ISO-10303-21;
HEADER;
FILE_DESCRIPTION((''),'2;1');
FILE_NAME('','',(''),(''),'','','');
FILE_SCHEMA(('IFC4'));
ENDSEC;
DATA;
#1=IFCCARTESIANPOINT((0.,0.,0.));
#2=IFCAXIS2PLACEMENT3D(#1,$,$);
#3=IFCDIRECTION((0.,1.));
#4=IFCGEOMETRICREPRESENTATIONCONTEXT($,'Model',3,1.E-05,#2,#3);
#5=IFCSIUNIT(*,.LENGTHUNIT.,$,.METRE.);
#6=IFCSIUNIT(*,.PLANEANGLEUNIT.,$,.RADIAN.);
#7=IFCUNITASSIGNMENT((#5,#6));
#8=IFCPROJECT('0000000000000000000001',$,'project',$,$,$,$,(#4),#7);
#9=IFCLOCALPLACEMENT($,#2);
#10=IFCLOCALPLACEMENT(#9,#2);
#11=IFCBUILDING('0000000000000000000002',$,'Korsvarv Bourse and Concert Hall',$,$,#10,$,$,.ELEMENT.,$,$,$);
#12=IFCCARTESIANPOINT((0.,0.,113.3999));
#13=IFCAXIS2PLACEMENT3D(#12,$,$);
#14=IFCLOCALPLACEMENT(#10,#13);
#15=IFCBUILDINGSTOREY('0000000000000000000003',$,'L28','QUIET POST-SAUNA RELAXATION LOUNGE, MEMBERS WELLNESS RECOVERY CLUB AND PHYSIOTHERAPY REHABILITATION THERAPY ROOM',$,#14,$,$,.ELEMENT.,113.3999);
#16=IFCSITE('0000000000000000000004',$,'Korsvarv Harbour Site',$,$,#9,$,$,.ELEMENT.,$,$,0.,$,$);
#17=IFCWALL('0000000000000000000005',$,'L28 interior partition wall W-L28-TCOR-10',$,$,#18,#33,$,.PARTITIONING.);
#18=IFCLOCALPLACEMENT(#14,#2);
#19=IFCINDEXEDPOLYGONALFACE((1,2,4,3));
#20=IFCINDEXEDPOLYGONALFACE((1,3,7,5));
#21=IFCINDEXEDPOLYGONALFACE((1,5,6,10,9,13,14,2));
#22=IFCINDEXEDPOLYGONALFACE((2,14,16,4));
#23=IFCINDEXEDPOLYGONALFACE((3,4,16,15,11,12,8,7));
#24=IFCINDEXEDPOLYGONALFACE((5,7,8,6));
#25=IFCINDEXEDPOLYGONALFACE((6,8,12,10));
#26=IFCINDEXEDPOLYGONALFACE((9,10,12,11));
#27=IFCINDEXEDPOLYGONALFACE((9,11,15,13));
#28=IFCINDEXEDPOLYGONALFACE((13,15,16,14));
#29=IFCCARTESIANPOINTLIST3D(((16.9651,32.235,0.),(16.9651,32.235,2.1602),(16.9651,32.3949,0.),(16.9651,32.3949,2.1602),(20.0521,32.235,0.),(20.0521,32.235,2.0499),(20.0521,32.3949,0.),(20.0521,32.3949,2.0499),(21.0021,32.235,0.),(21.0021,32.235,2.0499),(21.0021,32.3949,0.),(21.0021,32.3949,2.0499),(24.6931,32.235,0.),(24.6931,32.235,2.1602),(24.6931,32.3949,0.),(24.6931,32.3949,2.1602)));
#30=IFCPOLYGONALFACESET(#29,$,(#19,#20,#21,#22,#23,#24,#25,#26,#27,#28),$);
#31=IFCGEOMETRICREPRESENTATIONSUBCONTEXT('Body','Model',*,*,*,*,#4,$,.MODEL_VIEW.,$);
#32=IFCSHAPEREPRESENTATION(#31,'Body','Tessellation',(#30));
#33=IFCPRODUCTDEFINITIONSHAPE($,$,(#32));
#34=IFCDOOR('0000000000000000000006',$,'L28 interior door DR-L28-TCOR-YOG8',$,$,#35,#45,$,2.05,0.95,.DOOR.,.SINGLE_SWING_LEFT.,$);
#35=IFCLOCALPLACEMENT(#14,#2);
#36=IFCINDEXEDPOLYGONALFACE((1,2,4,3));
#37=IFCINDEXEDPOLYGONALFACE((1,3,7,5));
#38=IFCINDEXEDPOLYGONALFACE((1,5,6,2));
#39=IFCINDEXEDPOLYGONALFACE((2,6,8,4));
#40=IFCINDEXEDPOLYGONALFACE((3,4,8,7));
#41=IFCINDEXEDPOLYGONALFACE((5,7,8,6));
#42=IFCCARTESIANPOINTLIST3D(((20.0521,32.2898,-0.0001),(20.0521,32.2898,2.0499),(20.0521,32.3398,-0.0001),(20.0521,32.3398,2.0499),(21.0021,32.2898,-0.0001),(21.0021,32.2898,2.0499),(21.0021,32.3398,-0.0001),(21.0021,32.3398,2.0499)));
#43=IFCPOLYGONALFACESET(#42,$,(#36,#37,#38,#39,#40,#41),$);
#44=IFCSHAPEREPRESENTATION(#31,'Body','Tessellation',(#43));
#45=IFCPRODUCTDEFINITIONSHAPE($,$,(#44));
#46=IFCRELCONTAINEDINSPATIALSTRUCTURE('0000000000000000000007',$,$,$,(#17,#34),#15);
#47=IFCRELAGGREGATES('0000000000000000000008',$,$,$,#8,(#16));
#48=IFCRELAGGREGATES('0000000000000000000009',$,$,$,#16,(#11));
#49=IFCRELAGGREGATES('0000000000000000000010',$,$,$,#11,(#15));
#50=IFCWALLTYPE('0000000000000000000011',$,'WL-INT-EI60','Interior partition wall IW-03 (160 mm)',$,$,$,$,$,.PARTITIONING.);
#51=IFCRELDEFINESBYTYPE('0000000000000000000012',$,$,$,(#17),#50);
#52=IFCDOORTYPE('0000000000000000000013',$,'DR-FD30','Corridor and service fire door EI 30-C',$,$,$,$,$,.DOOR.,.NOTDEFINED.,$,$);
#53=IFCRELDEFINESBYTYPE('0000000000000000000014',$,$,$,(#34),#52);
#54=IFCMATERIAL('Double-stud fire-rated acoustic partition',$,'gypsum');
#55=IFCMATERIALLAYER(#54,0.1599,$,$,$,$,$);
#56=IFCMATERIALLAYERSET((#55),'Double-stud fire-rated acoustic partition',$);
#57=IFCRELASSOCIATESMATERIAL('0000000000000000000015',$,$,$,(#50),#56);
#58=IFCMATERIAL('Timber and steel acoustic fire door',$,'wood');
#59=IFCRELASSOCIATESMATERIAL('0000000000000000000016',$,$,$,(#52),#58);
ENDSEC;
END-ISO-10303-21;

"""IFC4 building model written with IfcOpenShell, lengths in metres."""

from ifc_helpers import new_model, si_unit, direction, frame, frame_2d, origin, place, context, subcontext, project, spatial, rectangle, extrude, material, layer, layer_set, type_object, element, fill, save


model = new_model("IFC4")

# Units and contexts
model_context = context("Model", 3, precision=1e-05, world=origin(), true_north=direction((0.0, 1.0)))
body_context = subcontext(model_context, "Body", "Model", "MODEL_VIEW")
ifc_project = project(units=[si_unit("LENGTHUNIT", "METRE"), si_unit("PLANEANGLEUNIT", "RADIAN")], contexts=[model_context])

# Site, building, storey
site_placement = place(None, origin())
site = spatial("IfcSite", under=ifc_project, at=site_placement, Name="Korsvarv Harbour Site", CompositionType="ELEMENT", RefElevation=0.0)
building_placement = place(site_placement, origin())
building = spatial("IfcBuilding", under=site, at=building_placement, Name="Korsvarv Bourse and Concert Hall", CompositionType="ELEMENT")
storey_placement = place(building_placement, frame((0.0, 0.0, 113.3999)))
storey = spatial("IfcBuildingStorey", under=building, at=storey_placement, Name="L28", Description="QUIET POST-SAUNA RELAXATION LOUNGE, MEMBERS WELLNESS RECOVERY CLUB AND PHYSIOTHERAPY REHABILITATION THERAPY ROOM", CompositionType="ELEMENT", Elevation=113.3999)

# Shared definitions
ifc_material_1 = material(Name="Double-stud fire-rated acoustic partition", Category="gypsum")
ifc_layer_1 = layer(ifc_material_1, 0.1599)
ifc_layer_set_1 = layer_set([ifc_layer_1], Name="Double-stud fire-rated acoustic partition")
wall_type = type_object("IfcWallType", Name="WL-INT-EI60", Description="Interior partition wall IW-03 (160 mm)", PredefinedType="PARTITIONING", material=ifc_layer_set_1)

# Wall, opening, door
ifc_material_2 = material(Name="Timber and steel acoustic fire door", Category="wood")
door_type_1 = type_object("IfcDoorType", Name="DR-FD30", Description="Corridor and service fire door EI 30-C", OperationType="NOTDEFINED", PredefinedType="DOOR", material=ifc_material_2)
wall_1_placement = place(storey_placement, frame((16.9651, 32.3149, 0.0), z_axis=(0.0, 0.0, 1.0), x_axis=(1.0, 0.0, 0.0)))
wall_1 = element("IfcWall", 1, at=wall_1_placement, inside=storey, type_object=wall_type, Name="L28 interior partition wall W-L28-TCOR-10", PredefinedType="PARTITIONING", context=body_context, shape_type="SweptSolid", body=[
    extrude(rectangle(XDim=7.728, YDim=0.1599, at=frame_2d((3.864, 0.0))), origin(), (0.0, 0.0, 1.0), 2.1602),
])
opening_1_placement = place(wall_1_placement, frame((3.0869, 0.0, 0.0)))
opening_1 = element("IfcOpeningElement", 2, at=opening_1_placement, cuts=wall_1, PredefinedType="OPENING", context=body_context, shape_type="SweptSolid", body=[
    extrude(rectangle(XDim=0.95, YDim=2.05, at=frame_2d((0.4751, 1.0249))), frame((0.0, 0.0898, 0.0), z_axis=(0.0, -1.0, 0.0), x_axis=(1.0, 0.0, 0.0)), (0.0, 0.0, 1.0), 0.1799),
])
door_1_placement = place(opening_1_placement, origin())
door_1 = element("IfcDoor", 3, at=door_1_placement, inside=storey, type_object=door_type_1, Name="L28 interior door DR-L28-TCOR-YOG8", OperationType="SINGLE_SWING_LEFT", OverallHeight=2.05, OverallWidth=0.95, PredefinedType="DOOR", context=body_context, shape_type="SweptSolid", body=[
    extrude(rectangle(XDim=0.95, YDim=2.05, at=frame_2d((0.4751, 1.0249))), frame((0.0, 0.0249, 0.0), z_axis=(0.0, -1.0, 0.0), x_axis=(1.0, 0.0, 0.0)), (0.0, 0.0, 1.0), 0.05),
])
fill(opening_1, door_1)

save(model, "model.ifc")
